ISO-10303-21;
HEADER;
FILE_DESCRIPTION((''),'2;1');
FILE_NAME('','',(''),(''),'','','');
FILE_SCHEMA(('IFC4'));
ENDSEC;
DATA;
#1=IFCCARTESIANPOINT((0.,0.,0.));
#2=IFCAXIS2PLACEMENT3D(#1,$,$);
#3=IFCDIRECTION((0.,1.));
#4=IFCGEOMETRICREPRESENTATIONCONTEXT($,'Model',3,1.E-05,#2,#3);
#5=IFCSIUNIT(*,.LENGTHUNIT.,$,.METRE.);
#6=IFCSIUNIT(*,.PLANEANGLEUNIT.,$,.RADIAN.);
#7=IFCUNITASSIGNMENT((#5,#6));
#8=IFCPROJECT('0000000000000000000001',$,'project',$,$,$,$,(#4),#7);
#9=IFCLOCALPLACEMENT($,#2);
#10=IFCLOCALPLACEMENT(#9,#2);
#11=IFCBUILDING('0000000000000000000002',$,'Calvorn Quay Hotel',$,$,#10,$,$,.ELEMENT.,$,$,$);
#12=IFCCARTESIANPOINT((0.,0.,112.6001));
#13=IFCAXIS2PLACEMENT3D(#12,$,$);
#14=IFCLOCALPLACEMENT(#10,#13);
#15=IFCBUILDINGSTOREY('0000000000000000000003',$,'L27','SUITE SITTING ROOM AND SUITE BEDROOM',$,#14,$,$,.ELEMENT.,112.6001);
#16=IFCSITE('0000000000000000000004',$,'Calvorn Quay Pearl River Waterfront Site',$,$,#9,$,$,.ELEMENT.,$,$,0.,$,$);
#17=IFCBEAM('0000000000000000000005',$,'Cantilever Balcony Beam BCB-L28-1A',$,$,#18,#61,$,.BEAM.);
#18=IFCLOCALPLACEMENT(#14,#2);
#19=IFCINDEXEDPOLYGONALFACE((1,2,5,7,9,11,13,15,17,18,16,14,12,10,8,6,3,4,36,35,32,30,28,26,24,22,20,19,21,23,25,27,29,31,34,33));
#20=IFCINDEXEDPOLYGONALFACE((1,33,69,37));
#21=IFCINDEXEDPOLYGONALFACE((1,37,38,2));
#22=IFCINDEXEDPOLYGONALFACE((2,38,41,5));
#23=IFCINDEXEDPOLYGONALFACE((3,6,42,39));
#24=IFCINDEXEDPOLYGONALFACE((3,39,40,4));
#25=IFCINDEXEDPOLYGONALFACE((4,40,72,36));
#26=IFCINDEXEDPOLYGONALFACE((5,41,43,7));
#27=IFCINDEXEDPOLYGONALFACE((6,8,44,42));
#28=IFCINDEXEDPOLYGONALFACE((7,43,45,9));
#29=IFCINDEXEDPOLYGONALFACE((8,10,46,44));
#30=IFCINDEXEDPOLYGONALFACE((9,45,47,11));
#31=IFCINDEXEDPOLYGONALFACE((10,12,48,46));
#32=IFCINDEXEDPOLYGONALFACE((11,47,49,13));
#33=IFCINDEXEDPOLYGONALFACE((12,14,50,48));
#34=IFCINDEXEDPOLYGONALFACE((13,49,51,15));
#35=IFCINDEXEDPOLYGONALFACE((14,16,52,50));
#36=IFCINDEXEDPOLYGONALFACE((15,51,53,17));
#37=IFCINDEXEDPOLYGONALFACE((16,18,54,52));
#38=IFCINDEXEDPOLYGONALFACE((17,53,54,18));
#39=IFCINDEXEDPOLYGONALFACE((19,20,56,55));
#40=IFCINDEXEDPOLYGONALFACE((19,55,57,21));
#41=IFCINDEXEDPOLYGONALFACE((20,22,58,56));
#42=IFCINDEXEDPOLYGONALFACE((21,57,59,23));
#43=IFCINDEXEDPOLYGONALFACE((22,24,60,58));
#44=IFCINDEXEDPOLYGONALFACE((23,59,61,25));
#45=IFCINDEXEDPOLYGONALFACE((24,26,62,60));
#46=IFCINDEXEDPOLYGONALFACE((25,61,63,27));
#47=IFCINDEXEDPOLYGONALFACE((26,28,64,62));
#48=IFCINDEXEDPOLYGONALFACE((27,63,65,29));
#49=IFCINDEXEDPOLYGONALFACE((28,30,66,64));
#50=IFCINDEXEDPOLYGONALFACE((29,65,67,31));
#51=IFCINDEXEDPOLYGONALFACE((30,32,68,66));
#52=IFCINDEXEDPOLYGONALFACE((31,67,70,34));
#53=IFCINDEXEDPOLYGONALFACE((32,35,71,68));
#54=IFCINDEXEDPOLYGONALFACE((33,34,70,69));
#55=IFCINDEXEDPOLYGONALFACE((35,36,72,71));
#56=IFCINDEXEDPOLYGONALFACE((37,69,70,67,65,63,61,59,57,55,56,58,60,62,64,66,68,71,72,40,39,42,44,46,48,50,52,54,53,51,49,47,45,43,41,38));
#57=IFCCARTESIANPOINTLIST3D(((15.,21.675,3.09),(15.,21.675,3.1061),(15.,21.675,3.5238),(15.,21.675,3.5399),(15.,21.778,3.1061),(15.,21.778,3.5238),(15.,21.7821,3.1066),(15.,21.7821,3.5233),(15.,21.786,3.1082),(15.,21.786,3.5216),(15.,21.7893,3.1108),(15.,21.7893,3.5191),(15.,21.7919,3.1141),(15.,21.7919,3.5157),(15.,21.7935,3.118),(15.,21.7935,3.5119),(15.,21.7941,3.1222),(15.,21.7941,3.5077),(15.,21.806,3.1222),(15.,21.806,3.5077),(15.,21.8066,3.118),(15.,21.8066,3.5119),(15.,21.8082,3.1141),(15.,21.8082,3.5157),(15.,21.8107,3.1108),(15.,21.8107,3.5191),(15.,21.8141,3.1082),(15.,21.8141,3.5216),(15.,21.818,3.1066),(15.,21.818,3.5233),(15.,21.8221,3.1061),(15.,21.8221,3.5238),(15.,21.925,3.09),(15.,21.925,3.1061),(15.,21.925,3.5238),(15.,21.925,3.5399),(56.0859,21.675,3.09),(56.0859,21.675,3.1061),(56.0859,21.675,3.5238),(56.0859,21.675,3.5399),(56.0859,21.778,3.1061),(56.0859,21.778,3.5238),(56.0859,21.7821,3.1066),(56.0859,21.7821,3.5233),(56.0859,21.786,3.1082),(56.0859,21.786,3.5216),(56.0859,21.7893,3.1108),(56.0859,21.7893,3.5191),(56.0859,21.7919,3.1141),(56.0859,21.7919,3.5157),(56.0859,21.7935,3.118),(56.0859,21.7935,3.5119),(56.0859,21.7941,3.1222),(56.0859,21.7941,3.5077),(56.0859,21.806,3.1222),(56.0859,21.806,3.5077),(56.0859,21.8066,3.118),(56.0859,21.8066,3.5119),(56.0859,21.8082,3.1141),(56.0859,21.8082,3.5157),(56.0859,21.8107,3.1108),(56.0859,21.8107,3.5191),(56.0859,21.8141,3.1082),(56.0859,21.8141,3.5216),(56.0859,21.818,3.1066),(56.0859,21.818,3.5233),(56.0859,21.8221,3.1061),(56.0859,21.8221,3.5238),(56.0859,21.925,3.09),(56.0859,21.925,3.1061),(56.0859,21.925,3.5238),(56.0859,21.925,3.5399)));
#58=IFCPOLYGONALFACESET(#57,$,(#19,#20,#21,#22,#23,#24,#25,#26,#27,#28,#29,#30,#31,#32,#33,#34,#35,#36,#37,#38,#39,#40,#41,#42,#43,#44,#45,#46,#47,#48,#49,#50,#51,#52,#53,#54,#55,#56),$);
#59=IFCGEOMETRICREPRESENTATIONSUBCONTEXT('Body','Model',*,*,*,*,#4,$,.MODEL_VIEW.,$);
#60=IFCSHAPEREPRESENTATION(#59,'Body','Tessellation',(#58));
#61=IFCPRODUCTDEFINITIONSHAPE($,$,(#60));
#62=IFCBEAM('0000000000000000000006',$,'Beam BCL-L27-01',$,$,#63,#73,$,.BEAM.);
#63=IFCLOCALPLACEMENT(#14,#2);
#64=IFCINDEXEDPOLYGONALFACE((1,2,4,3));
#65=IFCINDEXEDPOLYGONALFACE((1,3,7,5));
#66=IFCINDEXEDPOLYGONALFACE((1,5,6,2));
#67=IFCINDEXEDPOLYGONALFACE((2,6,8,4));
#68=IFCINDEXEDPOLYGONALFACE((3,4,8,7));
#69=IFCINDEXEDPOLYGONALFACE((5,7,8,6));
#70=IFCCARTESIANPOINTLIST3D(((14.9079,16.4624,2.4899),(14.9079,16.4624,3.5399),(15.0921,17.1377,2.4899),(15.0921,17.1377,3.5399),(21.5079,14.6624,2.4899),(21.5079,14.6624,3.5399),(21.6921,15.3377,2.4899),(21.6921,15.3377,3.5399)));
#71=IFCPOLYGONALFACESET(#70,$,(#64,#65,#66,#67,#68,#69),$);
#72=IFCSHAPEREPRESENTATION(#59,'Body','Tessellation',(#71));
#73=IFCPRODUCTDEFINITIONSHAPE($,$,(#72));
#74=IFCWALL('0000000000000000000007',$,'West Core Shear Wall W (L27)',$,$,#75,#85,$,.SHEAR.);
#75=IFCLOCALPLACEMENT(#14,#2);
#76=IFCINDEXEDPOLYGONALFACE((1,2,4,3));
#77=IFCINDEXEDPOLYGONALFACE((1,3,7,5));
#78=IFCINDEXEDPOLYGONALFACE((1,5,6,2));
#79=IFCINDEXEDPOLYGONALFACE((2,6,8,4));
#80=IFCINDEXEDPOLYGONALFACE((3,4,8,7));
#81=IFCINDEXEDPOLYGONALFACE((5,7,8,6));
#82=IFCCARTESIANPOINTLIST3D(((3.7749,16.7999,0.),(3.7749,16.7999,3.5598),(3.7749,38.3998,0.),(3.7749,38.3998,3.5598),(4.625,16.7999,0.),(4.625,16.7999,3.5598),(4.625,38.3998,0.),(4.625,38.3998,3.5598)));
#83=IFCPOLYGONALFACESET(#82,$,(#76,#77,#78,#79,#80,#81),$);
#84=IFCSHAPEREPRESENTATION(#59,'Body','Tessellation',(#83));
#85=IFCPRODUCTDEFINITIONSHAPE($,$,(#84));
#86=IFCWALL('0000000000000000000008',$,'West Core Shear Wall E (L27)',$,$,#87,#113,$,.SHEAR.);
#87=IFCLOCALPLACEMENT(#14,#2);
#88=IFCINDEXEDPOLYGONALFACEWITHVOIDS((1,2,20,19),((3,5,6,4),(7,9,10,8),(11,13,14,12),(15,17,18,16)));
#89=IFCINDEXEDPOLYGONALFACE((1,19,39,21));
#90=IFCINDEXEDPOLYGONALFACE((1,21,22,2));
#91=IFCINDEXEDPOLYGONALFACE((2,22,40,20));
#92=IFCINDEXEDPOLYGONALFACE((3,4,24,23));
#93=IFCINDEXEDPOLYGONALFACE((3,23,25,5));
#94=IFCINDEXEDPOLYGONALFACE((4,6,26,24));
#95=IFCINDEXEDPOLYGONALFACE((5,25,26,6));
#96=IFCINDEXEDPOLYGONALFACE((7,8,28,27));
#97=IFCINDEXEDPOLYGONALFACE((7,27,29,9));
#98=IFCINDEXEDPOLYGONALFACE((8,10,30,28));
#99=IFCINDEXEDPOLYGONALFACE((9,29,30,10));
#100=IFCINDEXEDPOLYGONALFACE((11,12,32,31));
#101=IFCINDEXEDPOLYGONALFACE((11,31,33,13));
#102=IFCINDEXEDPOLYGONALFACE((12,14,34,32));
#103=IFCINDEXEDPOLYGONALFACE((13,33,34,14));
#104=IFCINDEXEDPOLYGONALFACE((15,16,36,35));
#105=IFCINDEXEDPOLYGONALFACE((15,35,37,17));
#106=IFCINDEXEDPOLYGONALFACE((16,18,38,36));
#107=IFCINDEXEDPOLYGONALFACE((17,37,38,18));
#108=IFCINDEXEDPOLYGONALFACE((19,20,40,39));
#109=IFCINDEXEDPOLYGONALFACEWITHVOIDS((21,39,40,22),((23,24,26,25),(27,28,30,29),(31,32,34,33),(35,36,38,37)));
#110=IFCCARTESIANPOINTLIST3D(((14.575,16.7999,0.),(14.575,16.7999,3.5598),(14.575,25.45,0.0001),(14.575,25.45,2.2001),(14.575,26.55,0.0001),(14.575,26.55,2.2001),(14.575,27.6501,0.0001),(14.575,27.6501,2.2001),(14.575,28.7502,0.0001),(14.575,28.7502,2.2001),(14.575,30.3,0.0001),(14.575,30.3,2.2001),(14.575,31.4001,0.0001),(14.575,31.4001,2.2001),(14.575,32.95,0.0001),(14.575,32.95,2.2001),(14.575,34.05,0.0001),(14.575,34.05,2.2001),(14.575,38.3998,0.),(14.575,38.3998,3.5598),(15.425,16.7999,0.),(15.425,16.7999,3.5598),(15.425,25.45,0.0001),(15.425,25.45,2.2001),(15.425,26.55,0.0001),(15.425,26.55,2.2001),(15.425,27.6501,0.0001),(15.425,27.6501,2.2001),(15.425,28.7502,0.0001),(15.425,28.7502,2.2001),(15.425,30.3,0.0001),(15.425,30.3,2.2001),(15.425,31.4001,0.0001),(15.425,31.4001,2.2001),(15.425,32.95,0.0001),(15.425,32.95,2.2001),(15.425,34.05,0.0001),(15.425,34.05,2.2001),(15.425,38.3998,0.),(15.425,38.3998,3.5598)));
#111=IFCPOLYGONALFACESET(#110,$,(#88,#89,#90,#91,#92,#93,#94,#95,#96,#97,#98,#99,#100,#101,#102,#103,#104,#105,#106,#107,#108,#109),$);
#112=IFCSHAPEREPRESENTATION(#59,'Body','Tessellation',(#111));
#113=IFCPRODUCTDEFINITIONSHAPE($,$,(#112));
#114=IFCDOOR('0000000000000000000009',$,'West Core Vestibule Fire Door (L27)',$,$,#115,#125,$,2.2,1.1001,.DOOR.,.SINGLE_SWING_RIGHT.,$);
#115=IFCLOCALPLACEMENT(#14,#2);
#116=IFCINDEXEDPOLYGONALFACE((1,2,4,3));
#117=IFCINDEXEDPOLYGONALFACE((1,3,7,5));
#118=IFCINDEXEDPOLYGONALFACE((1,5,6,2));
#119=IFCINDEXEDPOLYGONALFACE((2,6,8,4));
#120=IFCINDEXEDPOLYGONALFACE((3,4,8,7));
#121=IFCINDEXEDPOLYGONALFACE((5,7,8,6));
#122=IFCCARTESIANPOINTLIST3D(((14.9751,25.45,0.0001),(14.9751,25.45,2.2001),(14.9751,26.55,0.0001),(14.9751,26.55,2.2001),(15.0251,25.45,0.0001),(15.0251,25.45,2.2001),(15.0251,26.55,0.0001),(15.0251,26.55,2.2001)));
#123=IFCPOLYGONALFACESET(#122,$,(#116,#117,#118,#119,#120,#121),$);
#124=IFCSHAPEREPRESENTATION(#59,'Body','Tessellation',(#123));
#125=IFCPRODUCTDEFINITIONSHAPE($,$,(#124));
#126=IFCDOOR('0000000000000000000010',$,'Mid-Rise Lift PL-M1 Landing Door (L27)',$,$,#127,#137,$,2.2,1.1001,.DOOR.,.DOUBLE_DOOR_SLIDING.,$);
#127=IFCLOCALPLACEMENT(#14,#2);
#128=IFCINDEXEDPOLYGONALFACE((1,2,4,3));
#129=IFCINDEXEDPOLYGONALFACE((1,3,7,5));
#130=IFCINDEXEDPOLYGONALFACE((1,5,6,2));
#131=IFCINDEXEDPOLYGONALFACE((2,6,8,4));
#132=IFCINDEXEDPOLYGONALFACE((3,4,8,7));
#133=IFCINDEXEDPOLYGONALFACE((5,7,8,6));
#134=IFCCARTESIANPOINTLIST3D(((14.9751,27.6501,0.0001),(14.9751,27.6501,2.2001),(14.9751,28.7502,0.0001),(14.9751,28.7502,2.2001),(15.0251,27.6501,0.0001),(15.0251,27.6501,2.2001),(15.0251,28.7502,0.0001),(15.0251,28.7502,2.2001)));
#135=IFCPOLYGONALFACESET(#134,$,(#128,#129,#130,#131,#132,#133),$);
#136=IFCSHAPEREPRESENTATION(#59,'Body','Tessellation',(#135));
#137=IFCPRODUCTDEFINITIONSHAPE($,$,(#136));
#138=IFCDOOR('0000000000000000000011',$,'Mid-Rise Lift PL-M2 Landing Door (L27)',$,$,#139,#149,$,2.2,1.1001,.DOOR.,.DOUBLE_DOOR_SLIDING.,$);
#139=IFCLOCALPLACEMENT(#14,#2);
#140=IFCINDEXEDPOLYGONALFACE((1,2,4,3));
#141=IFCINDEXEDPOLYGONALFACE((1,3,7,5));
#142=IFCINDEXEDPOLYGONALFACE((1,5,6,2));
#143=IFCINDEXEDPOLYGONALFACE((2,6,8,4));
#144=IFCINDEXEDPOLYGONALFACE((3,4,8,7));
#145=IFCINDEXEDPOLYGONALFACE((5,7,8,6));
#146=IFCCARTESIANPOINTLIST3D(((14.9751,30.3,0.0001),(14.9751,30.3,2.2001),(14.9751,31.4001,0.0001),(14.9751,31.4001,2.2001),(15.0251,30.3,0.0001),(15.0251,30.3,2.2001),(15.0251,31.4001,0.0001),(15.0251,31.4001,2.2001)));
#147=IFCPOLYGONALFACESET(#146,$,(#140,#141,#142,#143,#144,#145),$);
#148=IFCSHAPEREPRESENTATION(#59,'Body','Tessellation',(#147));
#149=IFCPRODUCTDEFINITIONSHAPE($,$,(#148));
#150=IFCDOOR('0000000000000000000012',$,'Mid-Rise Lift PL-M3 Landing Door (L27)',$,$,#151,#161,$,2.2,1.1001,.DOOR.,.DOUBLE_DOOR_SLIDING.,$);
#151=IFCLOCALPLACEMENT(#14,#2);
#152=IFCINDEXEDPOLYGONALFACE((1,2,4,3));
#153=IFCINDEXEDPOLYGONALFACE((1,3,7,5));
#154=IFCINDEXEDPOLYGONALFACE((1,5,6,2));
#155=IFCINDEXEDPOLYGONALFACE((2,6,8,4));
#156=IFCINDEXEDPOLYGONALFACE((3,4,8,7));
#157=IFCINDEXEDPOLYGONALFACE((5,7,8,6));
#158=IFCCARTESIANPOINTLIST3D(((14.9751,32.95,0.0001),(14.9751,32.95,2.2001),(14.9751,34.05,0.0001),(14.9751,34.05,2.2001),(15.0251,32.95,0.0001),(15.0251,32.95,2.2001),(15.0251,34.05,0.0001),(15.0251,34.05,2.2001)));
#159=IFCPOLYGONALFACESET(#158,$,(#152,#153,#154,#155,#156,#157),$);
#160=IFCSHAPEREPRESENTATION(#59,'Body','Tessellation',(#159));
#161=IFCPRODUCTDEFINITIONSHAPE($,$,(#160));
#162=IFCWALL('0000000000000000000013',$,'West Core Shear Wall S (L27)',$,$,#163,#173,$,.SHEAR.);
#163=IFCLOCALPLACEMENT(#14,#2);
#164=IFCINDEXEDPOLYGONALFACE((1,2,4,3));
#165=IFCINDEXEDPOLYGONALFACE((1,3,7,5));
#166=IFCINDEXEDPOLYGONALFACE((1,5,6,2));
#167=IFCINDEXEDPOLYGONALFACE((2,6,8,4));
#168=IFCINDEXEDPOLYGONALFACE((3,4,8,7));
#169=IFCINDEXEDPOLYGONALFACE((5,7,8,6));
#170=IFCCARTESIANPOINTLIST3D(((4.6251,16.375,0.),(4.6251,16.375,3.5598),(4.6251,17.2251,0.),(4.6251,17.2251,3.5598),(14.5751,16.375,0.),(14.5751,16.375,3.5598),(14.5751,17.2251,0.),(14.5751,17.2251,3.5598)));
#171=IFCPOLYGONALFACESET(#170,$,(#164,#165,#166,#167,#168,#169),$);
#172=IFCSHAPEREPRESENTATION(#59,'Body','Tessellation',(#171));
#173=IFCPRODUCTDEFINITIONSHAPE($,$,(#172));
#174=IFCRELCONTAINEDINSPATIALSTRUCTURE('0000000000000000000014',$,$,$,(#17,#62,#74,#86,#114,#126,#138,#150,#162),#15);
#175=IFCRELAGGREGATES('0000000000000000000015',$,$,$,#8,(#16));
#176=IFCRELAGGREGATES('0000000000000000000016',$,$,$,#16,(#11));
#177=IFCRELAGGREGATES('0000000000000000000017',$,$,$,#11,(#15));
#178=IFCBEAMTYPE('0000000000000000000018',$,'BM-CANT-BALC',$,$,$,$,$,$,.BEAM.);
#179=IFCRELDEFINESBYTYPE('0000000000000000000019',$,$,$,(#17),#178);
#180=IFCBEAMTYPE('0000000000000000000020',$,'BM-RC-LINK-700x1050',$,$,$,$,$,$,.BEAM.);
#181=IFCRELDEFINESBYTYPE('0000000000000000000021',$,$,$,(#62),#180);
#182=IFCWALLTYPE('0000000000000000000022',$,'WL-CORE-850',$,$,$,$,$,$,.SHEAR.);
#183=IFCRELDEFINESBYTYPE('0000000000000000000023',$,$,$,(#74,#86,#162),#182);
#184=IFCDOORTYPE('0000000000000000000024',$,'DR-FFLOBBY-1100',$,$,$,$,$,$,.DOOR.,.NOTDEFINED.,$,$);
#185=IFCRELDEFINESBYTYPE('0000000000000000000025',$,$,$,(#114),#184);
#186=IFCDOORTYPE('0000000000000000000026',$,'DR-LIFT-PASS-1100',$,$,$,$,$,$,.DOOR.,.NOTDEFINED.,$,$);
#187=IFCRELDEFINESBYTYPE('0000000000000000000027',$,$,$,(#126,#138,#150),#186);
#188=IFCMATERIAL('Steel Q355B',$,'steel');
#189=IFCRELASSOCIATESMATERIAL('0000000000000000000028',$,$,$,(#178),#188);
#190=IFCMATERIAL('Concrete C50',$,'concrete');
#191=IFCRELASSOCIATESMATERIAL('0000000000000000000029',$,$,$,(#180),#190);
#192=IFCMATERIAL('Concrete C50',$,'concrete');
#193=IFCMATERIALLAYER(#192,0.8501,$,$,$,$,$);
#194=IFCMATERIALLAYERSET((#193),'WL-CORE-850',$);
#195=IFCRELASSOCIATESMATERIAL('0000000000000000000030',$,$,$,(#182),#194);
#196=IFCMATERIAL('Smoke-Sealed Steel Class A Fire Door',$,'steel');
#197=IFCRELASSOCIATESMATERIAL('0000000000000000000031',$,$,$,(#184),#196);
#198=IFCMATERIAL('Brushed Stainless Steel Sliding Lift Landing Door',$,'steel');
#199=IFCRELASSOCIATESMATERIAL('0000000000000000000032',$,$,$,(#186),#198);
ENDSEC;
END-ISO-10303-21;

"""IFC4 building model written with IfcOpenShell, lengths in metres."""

from ifc_helpers import new_model, si_unit, direction, frame, frame_2d, origin, origin_2d, place, context, subcontext, project, spatial, rectangle, i_section, extrude, material, layer, layer_set, material_profile, profile_set, type_object, element, fill, save


model = new_model("IFC4")

# Units and contexts
model_context = context("Model", 3, precision=1e-05, world=origin(), true_north=direction((0.0, 1.0)))
body_context = subcontext(model_context, "Body", "Model", "MODEL_VIEW")
ifc_project = project(units=[si_unit("LENGTHUNIT", "METRE"), si_unit("PLANEANGLEUNIT", "RADIAN")], contexts=[model_context])

# Site, building, storey
site_placement = place(None, origin())
site = spatial("IfcSite", under=ifc_project, at=site_placement, Name="Calvorn Quay Pearl River Waterfront Site", CompositionType="ELEMENT", RefElevation=0.0)
building_placement = place(site_placement, origin())
building = spatial("IfcBuilding", under=site, at=building_placement, Name="Calvorn Quay Hotel", CompositionType="ELEMENT")
storey_placement = place(building_placement, frame((0.0, 0.0, 112.6001)))
storey = spatial("IfcBuildingStorey", under=building, at=storey_placement, Name="L27", Description="SUITE SITTING ROOM AND SUITE BEDROOM", CompositionType="ELEMENT", Elevation=112.6001)

# Beams
ifc_material_1 = material(Name="Steel Q355B", Category="steel")
ifc_material_profile_1 = material_profile(ifc_material_1, i_section(OverallWidth=0.25, OverallDepth=0.45, WebThickness=0.012, FlangeThickness=0.0161, FilletRadius=0.0161, at=origin_2d()), Name="HN450x250x12x16")
ifc_profile_set_1 = profile_set([ifc_material_profile_1], Name="Steel Q355B")
beam_type_1 = type_object("IfcBeamType", Name="BM-CANT-BALC", PredefinedType="BEAM", material=ifc_profile_set_1)
beam_1_placement = place(storey_placement, frame((15.0, 21.8, 3.3149), z_axis=(1.0, 0.0, 0.0), x_axis=(0.0, 1.0, 0.0)))
element("IfcBeam", 1, at=beam_1_placement, inside=storey, type_object=beam_type_1, Name="Cantilever Balcony Beam BCB-L28-1A", PredefinedType="BEAM", context=body_context, shape_type="SweptSolid", body=[
    extrude(i_section(OverallWidth=0.25, OverallDepth=0.45, WebThickness=0.012, FlangeThickness=0.0161, FilletRadius=0.0161, at=origin_2d()), origin(), (0.0, 0.0, 1.0), 41.0859),
])
ifc_material_2 = material(Name="Concrete C50", Category="concrete")
ifc_material_profile_2 = material_profile(ifc_material_2, rectangle(XDim=0.7, YDim=1.05, at=origin_2d()), Name="RCB700x1050")
ifc_profile_set_2 = profile_set([ifc_material_profile_2], Name="Concrete C50")
beam_type_2 = type_object("IfcBeamType", Name="BM-RC-LINK-700x1050", PredefinedType="BEAM", material=ifc_profile_set_2)
beam_2_placement = place(storey_placement, frame((15.0, 16.8, 3.0149), z_axis=(0.964763, -0.26312, 0.0), x_axis=(0.26312, 0.964763, 0.0)))
element("IfcBeam", 2, at=beam_2_placement, inside=storey, type_object=beam_type_2, Name="Beam BCL-L27-01", PredefinedType="BEAM", context=body_context, shape_type="SweptSolid", body=[
    extrude(rectangle(XDim=0.7, YDim=1.05, at=origin_2d()), origin(), (0.0, 0.0, 1.0), 6.8411),
])

# Wall
ifc_material_3 = material(Name="Concrete C50", Category="concrete")
ifc_layer_1 = layer(ifc_material_3, 0.8501)
ifc_layer_set_1 = layer_set([ifc_layer_1], Name="WL-CORE-850")
wall_type_1 = type_object("IfcWallType", Name="WL-CORE-850", PredefinedType="SHEAR", material=ifc_layer_set_1)
wall_1_placement = place(storey_placement, frame((4.2, 16.8, 0.0), z_axis=(0.0, 0.0, 1.0), x_axis=(0.0, 1.0, 0.0)))
element("IfcWall", 3, at=wall_1_placement, inside=storey, type_object=wall_type_1, Name="West Core Shear Wall W (L27)", PredefinedType="SHEAR", context=body_context, shape_type="SweptSolid", body=[
    extrude(rectangle(XDim=21.5999, YDim=0.8501, at=frame_2d((10.7998, 0.0))), origin(), (0.0, 0.0, 1.0), 3.5598),
])

# Wall, openings, doors
wall_2_placement = place(storey_placement, frame((15.0, 16.8, 0.0), z_axis=(0.0, 0.0, 1.0), x_axis=(0.0, 1.0, 0.0)))
wall_2 = element("IfcWall", 4, at=wall_2_placement, inside=storey, type_object=wall_type_1, Name="West Core Shear Wall E (L27)", PredefinedType="SHEAR", context=body_context, shape_type="SweptSolid", body=[
    extrude(rectangle(XDim=21.5999, YDim=0.8501, at=frame_2d((10.7998, 0.0))), origin(), (0.0, 0.0, 1.0), 3.5598),
])
opening_1_placement = place(wall_2_placement, frame((8.6499, 0.0, 0.0)))
opening_1 = element("IfcOpeningElement", 5, at=opening_1_placement, cuts=wall_2, PredefinedType="OPENING", context=body_context, shape_type="SweptSolid", body=[
    extrude(rectangle(XDim=1.1001, YDim=2.2, at=frame_2d((0.55, 1.1001))), frame((0.0, 0.4351, 0.0), z_axis=(0.0, -1.0, 0.0), x_axis=(1.0, 0.0, 0.0)), (0.0, 0.0, 1.0), 0.8701),
])
opening_2_placement = place(wall_2_placement, frame((10.8501, 0.0, 0.0)))
opening_2 = element("IfcOpeningElement", 6, at=opening_2_placement, cuts=wall_2, PredefinedType="OPENING", context=body_context, shape_type="SweptSolid", body=[
    extrude(rectangle(XDim=1.1001, YDim=2.2, at=frame_2d((0.55, 1.1001))), frame((0.0, 0.4351, 0.0), z_axis=(0.0, -1.0, 0.0), x_axis=(1.0, 0.0, 0.0)), (0.0, 0.0, 1.0), 0.8701),
])
opening_3_placement = place(wall_2_placement, frame((13.5, 0.0, 0.0)))
opening_3 = element("IfcOpeningElement", 7, at=opening_3_placement, cuts=wall_2, PredefinedType="OPENING", context=body_context, shape_type="SweptSolid", body=[
    extrude(rectangle(XDim=1.1001, YDim=2.2, at=frame_2d((0.55, 1.1001))), frame((0.0, 0.4351, 0.0), z_axis=(0.0, -1.0, 0.0), x_axis=(1.0, 0.0, 0.0)), (0.0, 0.0, 1.0), 0.8701),
])
opening_4_placement = place(wall_2_placement, frame((16.1499, 0.0, 0.0)))
opening_4 = element("IfcOpeningElement", 8, at=opening_4_placement, cuts=wall_2, PredefinedType="OPENING", context=body_context, shape_type="SweptSolid", body=[
    extrude(rectangle(XDim=1.1001, YDim=2.2, at=frame_2d((0.55, 1.1001))), frame((0.0, 0.4351, 0.0), z_axis=(0.0, -1.0, 0.0), x_axis=(1.0, 0.0, 0.0)), (0.0, 0.0, 1.0), 0.8701),
])
ifc_material_4 = material(Name="Smoke-Sealed Steel Class A Fire Door", Category="steel")
door_type_1 = type_object("IfcDoorType", Name="DR-FFLOBBY-1100", OperationType="NOTDEFINED", PredefinedType="DOOR", material=ifc_material_4)
door_1_placement = place(opening_1_placement, origin())
door_1 = element("IfcDoor", 9, at=door_1_placement, inside=storey, type_object=door_type_1, Name="West Core Vestibule Fire Door (L27)", OperationType="SINGLE_SWING_RIGHT", OverallHeight=2.2, OverallWidth=1.1001, PredefinedType="DOOR", context=body_context, shape_type="SweptSolid", body=[
    extrude(rectangle(XDim=1.1001, YDim=2.2, at=frame_2d((0.55, 1.1001))), frame((0.0, 0.0249, 0.0), z_axis=(0.0, -1.0, 0.0), x_axis=(1.0, 0.0, 0.0)), (0.0, 0.0, 1.0), 0.05),
])
fill(opening_1, door_1)
ifc_material_5 = material(Name="Brushed Stainless Steel Sliding Lift Landing Door", Category="steel")
door_type_2 = type_object("IfcDoorType", Name="DR-LIFT-PASS-1100", OperationType="NOTDEFINED", PredefinedType="DOOR", material=ifc_material_5)
door_2_placement = place(opening_2_placement, origin())
door_2 = element("IfcDoor", 10, at=door_2_placement, inside=storey, type_object=door_type_2, Name="Mid-Rise Lift PL-M1 Landing Door (L27)", OperationType="DOUBLE_DOOR_SLIDING", OverallHeight=2.2, OverallWidth=1.1001, PredefinedType="DOOR", context=body_context, shape_type="SweptSolid", body=[
    extrude(rectangle(XDim=1.1001, YDim=2.2, at=frame_2d((0.55, 1.1001))), frame((0.0, 0.0249, 0.0), z_axis=(0.0, -1.0, 0.0), x_axis=(1.0, 0.0, 0.0)), (0.0, 0.0, 1.0), 0.05),
])
fill(opening_2, door_2)
door_3_placement = place(opening_3_placement, origin())
door_3 = element("IfcDoor", 11, at=door_3_placement, inside=storey, type_object=door_type_2, Name="Mid-Rise Lift PL-M2 Landing Door (L27)", OperationType="DOUBLE_DOOR_SLIDING", OverallHeight=2.2, OverallWidth=1.1001, PredefinedType="DOOR", context=body_context, shape_type="SweptSolid", body=[
    extrude(rectangle(XDim=1.1001, YDim=2.2, at=frame_2d((0.55, 1.1001))), frame((0.0, 0.0249, 0.0), z_axis=(0.0, -1.0, 0.0), x_axis=(1.0, 0.0, 0.0)), (0.0, 0.0, 1.0), 0.05),
])
fill(opening_3, door_3)
door_4_placement = place(opening_4_placement, origin())
door_4 = element("IfcDoor", 12, at=door_4_placement, inside=storey, type_object=door_type_2, Name="Mid-Rise Lift PL-M3 Landing Door (L27)", OperationType="DOUBLE_DOOR_SLIDING", OverallHeight=2.2, OverallWidth=1.1001, PredefinedType="DOOR", context=body_context, shape_type="SweptSolid", body=[
    extrude(rectangle(XDim=1.1001, YDim=2.2, at=frame_2d((0.55, 1.1001))), frame((0.0, 0.0249, 0.0), z_axis=(0.0, -1.0, 0.0), x_axis=(1.0, 0.0, 0.0)), (0.0, 0.0, 1.0), 0.05),
])
fill(opening_4, door_4)

# Wall
wall_3_placement = place(storey_placement, frame((4.625, 16.8, 0.0), z_axis=(0.0, 0.0, 1.0), x_axis=(1.0, 0.0, 0.0)))
element("IfcWall", 13, at=wall_3_placement, inside=storey, type_object=wall_type_1, Name="West Core Shear Wall S (L27)", PredefinedType="SHEAR", context=body_context, shape_type="SweptSolid", body=[
    extrude(rectangle(XDim=9.95, YDim=0.8501, at=frame_2d((4.9751, 0.0))), origin(), (0.0, 0.0, 1.0), 3.5598),
])

save(model, "model.ifc")
